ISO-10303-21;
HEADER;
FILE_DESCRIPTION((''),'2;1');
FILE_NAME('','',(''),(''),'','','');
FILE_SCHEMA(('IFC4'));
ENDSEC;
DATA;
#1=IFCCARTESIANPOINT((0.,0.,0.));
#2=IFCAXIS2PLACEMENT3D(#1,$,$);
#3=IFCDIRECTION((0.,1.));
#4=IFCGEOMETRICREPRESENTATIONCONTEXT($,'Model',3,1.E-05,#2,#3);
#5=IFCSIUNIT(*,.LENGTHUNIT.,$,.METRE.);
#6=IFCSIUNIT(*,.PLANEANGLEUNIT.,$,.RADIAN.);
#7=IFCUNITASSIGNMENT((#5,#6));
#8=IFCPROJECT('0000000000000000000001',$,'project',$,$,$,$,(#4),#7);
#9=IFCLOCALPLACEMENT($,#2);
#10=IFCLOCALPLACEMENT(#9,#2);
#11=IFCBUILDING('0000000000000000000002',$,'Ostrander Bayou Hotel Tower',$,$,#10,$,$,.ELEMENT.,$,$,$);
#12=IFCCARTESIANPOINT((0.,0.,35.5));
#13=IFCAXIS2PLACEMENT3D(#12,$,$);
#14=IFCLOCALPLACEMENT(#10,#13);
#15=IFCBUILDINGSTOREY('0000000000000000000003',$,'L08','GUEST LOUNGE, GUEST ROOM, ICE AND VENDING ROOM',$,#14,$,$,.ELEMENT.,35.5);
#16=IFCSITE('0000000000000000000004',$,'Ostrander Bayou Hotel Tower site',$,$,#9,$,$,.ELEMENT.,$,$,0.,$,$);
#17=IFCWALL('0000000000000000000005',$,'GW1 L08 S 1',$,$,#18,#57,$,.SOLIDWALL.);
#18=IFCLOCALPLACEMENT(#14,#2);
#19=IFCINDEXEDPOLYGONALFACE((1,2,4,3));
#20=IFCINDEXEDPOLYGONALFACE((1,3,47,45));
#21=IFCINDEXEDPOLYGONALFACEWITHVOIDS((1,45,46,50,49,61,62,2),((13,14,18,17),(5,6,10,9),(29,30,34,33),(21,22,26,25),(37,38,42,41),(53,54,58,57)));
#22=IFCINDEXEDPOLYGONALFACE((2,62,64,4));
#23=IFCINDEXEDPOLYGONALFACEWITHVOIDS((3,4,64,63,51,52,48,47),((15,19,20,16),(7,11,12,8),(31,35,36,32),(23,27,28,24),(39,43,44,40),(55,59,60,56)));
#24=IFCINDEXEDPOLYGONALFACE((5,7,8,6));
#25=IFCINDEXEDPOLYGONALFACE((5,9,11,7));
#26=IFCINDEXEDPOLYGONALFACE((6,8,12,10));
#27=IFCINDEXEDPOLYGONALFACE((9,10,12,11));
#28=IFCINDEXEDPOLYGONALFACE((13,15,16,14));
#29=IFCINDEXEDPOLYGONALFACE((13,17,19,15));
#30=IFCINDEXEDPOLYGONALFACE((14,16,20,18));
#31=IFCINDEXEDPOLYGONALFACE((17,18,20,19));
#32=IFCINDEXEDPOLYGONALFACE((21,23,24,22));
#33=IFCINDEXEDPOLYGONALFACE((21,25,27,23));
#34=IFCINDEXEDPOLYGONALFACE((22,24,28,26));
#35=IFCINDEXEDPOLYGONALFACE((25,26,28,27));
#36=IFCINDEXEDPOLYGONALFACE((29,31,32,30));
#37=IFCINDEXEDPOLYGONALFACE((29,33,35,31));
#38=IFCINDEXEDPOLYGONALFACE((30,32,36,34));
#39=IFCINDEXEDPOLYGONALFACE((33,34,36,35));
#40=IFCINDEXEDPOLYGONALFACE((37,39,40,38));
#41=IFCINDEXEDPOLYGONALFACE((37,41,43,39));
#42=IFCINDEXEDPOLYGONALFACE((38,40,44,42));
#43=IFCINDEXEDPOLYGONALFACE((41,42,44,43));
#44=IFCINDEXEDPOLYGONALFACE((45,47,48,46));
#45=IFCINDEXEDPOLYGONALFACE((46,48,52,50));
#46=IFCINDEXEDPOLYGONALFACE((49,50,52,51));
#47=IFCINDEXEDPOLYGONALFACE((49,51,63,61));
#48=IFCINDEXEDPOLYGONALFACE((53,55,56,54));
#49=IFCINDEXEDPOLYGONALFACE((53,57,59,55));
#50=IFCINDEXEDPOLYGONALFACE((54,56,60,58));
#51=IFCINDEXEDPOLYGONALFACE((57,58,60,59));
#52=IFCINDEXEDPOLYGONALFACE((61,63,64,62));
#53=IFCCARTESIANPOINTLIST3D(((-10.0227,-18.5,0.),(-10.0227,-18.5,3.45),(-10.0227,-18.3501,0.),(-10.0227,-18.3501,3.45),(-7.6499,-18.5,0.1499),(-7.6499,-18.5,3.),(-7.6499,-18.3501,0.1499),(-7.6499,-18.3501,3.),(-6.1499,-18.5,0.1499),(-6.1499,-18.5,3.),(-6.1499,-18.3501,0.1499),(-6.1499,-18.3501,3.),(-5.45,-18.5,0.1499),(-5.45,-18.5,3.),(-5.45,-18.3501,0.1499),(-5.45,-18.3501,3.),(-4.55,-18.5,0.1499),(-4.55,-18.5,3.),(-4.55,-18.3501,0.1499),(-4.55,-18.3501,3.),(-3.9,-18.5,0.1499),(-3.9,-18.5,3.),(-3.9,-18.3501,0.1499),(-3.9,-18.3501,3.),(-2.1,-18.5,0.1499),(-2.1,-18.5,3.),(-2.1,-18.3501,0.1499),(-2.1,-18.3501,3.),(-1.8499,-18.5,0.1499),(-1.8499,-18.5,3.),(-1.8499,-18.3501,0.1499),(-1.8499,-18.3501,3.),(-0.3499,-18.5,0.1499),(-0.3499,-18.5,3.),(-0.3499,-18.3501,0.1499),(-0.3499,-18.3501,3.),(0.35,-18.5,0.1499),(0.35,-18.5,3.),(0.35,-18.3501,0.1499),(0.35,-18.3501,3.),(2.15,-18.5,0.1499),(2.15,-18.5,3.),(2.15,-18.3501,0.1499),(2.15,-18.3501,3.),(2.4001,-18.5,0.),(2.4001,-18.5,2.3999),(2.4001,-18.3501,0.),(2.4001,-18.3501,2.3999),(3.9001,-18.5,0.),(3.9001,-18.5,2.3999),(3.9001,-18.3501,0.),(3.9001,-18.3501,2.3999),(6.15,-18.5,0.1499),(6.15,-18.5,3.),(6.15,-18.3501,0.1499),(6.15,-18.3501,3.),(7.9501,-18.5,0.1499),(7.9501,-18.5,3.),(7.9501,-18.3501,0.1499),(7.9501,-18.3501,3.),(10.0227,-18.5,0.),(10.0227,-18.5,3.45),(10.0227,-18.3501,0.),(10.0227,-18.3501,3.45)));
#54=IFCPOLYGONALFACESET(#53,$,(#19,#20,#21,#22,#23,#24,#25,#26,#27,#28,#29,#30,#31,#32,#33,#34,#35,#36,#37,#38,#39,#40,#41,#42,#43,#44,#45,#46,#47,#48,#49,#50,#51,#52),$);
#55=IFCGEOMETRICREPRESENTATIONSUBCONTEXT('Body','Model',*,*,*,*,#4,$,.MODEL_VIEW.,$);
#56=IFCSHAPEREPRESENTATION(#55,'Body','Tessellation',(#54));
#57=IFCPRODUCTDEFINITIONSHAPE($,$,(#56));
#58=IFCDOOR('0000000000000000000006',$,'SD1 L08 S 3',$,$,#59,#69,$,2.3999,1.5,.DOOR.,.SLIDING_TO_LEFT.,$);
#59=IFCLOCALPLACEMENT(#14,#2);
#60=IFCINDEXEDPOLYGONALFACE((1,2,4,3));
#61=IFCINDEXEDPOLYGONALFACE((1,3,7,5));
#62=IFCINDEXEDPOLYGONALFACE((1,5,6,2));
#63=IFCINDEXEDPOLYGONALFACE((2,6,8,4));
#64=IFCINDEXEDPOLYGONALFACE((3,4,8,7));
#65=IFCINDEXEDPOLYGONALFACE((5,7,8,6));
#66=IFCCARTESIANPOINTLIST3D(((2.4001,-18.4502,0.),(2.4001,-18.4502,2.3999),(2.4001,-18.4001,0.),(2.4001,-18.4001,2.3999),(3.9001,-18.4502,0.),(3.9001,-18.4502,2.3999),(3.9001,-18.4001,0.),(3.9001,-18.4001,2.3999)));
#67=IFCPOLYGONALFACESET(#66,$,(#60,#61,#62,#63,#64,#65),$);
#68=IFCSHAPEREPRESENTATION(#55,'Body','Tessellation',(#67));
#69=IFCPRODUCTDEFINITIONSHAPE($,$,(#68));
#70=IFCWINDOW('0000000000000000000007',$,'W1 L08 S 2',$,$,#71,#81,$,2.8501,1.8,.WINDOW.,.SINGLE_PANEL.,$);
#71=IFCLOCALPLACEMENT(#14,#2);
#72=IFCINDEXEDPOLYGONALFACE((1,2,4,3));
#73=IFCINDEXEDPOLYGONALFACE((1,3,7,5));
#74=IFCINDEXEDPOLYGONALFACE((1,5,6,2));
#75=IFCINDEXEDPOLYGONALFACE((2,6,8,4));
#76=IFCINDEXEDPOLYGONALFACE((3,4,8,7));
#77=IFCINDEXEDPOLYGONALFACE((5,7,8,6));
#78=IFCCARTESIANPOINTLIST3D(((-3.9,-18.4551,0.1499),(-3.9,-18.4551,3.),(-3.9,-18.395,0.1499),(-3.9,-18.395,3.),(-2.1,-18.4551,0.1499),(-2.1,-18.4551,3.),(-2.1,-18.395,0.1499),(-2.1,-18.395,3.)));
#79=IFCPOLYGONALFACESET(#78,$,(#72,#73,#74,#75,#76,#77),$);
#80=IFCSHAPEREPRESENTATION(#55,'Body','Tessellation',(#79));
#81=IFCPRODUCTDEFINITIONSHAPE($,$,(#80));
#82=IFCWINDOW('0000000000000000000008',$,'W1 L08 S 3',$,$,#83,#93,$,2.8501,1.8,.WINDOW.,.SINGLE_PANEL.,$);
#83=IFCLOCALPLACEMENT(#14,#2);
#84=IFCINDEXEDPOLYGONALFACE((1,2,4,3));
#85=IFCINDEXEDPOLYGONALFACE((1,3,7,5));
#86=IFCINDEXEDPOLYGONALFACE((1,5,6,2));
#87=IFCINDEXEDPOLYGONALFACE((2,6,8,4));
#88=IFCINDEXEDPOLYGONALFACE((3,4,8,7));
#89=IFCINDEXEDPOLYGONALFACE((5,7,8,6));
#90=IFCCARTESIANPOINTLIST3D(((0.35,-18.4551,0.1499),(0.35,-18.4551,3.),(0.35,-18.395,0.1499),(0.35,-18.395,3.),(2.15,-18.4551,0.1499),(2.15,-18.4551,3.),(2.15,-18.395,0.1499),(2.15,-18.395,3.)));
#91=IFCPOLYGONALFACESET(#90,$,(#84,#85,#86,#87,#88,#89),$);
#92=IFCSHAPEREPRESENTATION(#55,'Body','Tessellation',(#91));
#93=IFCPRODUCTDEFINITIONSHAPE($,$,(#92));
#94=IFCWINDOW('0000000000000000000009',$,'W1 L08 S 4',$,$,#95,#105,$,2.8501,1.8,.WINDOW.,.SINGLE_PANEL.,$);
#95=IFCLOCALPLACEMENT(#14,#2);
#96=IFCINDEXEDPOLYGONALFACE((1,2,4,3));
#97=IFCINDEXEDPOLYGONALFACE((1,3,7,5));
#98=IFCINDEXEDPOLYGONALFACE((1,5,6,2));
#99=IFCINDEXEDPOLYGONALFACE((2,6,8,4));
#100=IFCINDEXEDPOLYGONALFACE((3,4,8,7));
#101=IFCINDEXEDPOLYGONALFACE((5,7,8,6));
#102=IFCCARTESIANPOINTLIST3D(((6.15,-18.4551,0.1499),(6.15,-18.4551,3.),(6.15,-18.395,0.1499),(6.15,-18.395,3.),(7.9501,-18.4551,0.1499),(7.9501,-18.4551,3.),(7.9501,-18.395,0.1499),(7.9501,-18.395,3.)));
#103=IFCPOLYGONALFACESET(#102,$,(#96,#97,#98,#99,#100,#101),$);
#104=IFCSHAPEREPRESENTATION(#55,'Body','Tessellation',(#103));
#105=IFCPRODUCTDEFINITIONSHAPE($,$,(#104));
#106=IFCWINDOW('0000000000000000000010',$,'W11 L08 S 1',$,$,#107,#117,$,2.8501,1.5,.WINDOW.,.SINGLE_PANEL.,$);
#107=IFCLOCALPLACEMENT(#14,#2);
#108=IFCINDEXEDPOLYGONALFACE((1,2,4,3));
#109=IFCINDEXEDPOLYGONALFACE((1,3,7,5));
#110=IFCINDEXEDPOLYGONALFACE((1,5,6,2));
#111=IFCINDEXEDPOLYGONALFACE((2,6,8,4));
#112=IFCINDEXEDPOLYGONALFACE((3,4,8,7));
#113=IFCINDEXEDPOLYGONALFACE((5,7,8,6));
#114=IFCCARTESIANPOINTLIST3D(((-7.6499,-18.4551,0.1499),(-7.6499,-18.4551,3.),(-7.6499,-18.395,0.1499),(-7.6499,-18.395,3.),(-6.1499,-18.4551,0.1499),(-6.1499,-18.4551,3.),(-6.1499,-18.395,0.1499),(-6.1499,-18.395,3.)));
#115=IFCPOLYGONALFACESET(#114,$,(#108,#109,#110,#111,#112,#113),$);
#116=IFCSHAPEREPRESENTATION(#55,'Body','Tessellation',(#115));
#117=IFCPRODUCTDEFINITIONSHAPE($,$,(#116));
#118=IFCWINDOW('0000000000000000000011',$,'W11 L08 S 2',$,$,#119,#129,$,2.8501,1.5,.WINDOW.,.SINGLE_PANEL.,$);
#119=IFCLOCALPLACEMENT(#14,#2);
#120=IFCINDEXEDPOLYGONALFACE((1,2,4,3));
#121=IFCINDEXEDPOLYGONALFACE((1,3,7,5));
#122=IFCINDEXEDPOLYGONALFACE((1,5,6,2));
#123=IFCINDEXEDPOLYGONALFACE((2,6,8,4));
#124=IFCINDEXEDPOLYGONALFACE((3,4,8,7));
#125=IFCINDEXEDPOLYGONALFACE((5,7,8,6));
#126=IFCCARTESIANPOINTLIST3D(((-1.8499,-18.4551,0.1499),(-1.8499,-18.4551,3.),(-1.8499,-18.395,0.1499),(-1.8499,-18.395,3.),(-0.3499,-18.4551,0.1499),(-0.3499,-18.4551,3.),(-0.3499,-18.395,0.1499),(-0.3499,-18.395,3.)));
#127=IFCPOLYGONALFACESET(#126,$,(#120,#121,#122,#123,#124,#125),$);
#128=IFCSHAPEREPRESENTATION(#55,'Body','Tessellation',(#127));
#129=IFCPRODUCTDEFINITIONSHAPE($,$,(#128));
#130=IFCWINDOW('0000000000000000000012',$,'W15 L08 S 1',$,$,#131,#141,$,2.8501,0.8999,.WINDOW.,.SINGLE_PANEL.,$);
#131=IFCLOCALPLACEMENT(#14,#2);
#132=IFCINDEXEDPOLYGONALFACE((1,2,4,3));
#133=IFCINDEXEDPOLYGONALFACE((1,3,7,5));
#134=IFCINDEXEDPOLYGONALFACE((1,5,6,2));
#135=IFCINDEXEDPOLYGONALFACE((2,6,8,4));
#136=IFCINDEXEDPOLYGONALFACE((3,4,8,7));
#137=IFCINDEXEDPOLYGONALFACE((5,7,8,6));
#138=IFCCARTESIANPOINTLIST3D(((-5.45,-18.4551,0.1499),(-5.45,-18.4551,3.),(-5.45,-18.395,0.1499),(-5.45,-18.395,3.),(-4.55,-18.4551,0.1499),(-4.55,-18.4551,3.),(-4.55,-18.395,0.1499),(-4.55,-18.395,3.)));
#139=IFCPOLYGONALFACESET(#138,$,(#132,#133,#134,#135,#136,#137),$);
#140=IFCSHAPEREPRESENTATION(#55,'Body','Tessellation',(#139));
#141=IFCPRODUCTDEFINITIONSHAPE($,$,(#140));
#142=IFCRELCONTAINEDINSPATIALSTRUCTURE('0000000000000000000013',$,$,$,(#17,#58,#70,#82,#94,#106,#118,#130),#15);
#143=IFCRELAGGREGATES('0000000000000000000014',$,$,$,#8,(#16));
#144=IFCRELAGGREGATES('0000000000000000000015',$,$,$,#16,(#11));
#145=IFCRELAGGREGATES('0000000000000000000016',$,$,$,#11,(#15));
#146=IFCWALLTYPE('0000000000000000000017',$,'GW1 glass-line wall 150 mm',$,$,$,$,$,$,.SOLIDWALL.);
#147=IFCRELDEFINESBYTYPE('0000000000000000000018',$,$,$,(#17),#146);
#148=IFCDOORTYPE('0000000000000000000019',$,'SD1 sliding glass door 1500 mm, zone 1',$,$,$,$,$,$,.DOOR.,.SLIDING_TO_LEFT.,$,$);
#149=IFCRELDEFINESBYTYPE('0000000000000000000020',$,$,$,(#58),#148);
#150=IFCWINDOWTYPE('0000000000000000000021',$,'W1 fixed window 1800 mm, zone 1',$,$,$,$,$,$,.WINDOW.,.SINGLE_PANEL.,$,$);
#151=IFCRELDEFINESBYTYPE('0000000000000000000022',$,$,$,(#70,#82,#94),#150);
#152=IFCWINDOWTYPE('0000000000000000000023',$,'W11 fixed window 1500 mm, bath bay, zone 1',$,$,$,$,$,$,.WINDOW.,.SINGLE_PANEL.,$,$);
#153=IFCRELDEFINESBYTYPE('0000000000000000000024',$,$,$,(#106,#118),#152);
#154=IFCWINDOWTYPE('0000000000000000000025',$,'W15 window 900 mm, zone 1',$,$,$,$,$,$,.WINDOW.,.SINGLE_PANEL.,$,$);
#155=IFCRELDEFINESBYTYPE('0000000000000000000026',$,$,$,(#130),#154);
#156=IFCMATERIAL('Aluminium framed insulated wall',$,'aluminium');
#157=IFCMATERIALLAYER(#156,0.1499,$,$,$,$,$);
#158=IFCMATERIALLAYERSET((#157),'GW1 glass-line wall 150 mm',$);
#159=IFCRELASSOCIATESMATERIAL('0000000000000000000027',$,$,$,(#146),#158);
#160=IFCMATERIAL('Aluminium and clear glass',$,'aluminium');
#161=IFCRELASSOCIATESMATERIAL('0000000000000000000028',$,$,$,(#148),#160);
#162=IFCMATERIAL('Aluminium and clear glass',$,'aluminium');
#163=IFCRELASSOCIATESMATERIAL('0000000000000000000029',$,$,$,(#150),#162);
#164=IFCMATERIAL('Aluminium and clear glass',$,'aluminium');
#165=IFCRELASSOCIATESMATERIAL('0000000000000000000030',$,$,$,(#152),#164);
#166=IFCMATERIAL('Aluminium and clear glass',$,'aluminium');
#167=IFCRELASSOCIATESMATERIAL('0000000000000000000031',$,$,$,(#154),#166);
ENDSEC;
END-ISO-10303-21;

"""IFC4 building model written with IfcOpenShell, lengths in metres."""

from ifc_helpers import new_model, si_unit, direction, frame, frame_2d, origin, place, context, subcontext, project, spatial, rectangle, extrude, material, layer, layer_set, type_object, element, fill, save


model = new_model("IFC4")

# Units and contexts
model_context = context("Model", 3, precision=1e-05, world=origin(), true_north=direction((0.0, 1.0)))
body_context = subcontext(model_context, "Body", "Model", "MODEL_VIEW")
ifc_project = project(units=[si_unit("LENGTHUNIT", "METRE"), si_unit("PLANEANGLEUNIT", "RADIAN")], contexts=[model_context])

# Site, building, storey
site_placement = place(None, origin())
site = spatial("IfcSite", under=ifc_project, at=site_placement, Name="Ostrander Bayou Hotel Tower site", CompositionType="ELEMENT", RefElevation=0.0)
building_placement = place(site_placement, origin())
building = spatial("IfcBuilding", under=site, at=building_placement, Name="Ostrander Bayou Hotel Tower", CompositionType="ELEMENT")
storey_placement = place(building_placement, frame((0.0, 0.0, 35.5)))
storey = spatial("IfcBuildingStorey", under=building, at=storey_placement, Name="L08", Description="GUEST LOUNGE, GUEST ROOM, ICE AND VENDING ROOM", CompositionType="ELEMENT", Elevation=35.5)

# Wall, openings, door, windows
ifc_material_1 = material(Name="Aluminium framed insulated wall", Category="aluminium")
ifc_layer_1 = layer(ifc_material_1, 0.1499)
ifc_layer_set_1 = layer_set([ifc_layer_1], Name="GW1 glass-line wall 150 mm")
wall_type_1 = type_object("IfcWallType", Name="GW1 glass-line wall 150 mm", PredefinedType="SOLIDWALL", material=ifc_layer_set_1)
wall_1_placement = place(storey_placement, frame((-10.0227, -18.425, 0.0), z_axis=(0.0, 0.0, 1.0), x_axis=(1.0, 0.0, 0.0)))
wall_1 = element("IfcWall", 1, at=wall_1_placement, inside=storey, type_object=wall_type_1, Name="GW1 L08 S 1", PredefinedType="SOLIDWALL", context=body_context, shape_type="SweptSolid", body=[
    extrude(rectangle(XDim=20.0454, YDim=0.1499, at=frame_2d((10.0227, 0.0))), origin(), (0.0, 0.0, 1.0), 3.45),
])
opening_1_placement = place(wall_1_placement, frame((4.5728, 0.0, 0.1499)))
opening_1 = element("IfcOpeningElement", 2, at=opening_1_placement, cuts=wall_1, PredefinedType="OPENING", context=body_context, shape_type="SweptSolid", body=[
    extrude(rectangle(XDim=0.8999, YDim=2.8501, at=frame_2d((0.45, 1.425))), frame((0.0, 0.075, 0.0), z_axis=(0.0, -1.0, 0.0), x_axis=(1.0, 0.0, 0.0)), (0.0, 0.0, 1.0), 0.1499),
])
opening_2_placement = place(wall_1_placement, frame((2.3728, 0.0, 0.1499)))
opening_2 = element("IfcOpeningElement", 3, at=opening_2_placement, cuts=wall_1, PredefinedType="OPENING", context=body_context, shape_type="SweptSolid", body=[
    extrude(rectangle(XDim=1.5, YDim=2.8501, at=frame_2d((0.75, 1.425))), frame((0.0, 0.075, 0.0), z_axis=(0.0, -1.0, 0.0), x_axis=(1.0, 0.0, 0.0)), (0.0, 0.0, 1.0), 0.1499),
])
opening_3_placement = place(wall_1_placement, frame((6.1228, 0.0, 0.1499)))
opening_3 = element("IfcOpeningElement", 4, at=opening_3_placement, cuts=wall_1, PredefinedType="OPENING", context=body_context, shape_type="SweptSolid", body=[
    extrude(rectangle(XDim=1.8, YDim=2.8501, at=frame_2d((0.8999, 1.425))), frame((0.0, 0.075, 0.0), z_axis=(0.0, -1.0, 0.0), x_axis=(1.0, 0.0, 0.0)), (0.0, 0.0, 1.0), 0.1499),
])
opening_4_placement = place(wall_1_placement, frame((8.1729, 0.0, 0.1499)))
opening_4 = element("IfcOpeningElement", 5, at=opening_4_placement, cuts=wall_1, PredefinedType="OPENING", context=body_context, shape_type="SweptSolid", body=[
    extrude(rectangle(XDim=1.5, YDim=2.8501, at=frame_2d((0.75, 1.425))), frame((0.0, 0.075, 0.0), z_axis=(0.0, -1.0, 0.0), x_axis=(1.0, 0.0, 0.0)), (0.0, 0.0, 1.0), 0.1499),
])
opening_5_placement = place(wall_1_placement, frame((10.3728, 0.0, 0.1499)))
opening_5 = element("IfcOpeningElement", 6, at=opening_5_placement, cuts=wall_1, PredefinedType="OPENING", context=body_context, shape_type="SweptSolid", body=[
    extrude(rectangle(XDim=1.8, YDim=2.8501, at=frame_2d((0.8999, 1.425))), frame((0.0, 0.075, 0.0), z_axis=(0.0, -1.0, 0.0), x_axis=(1.0, 0.0, 0.0)), (0.0, 0.0, 1.0), 0.1499),
])
opening_6_placement = place(wall_1_placement, frame((12.4229, 0.0, 0.0)))
opening_6 = element("IfcOpeningElement", 7, at=opening_6_placement, cuts=wall_1, PredefinedType="OPENING", context=body_context, shape_type="SweptSolid", body=[
    extrude(rectangle(XDim=1.5, YDim=2.3999, at=frame_2d((0.75, 1.2))), frame((0.0, 0.075, 0.0), z_axis=(0.0, -1.0, 0.0), x_axis=(1.0, 0.0, 0.0)), (0.0, 0.0, 1.0), 0.1499),
])
opening_7_placement = place(wall_1_placement, frame((16.1729, 0.0, 0.1499)))
opening_7 = element("IfcOpeningElement", 8, at=opening_7_placement, cuts=wall_1, PredefinedType="OPENING", context=body_context, shape_type="SweptSolid", body=[
    extrude(rectangle(XDim=1.8, YDim=2.8501, at=frame_2d((0.8999, 1.425))), frame((0.0, 0.075, 0.0), z_axis=(0.0, -1.0, 0.0), x_axis=(1.0, 0.0, 0.0)), (0.0, 0.0, 1.0), 0.1499),
])
ifc_material_2 = material(Name="Aluminium and clear glass", Category="aluminium")
door_type = type_object("IfcDoorType", Name="SD1 sliding glass door 1500 mm, zone 1", OperationType="SLIDING_TO_LEFT", PredefinedType="DOOR", material=ifc_material_2)
door_placement = place(opening_6_placement, origin())
door = element("IfcDoor", 9, at=door_placement, inside=storey, type_object=door_type, Name="SD1 L08 S 3", OperationType="SLIDING_TO_LEFT", OverallHeight=2.3999, OverallWidth=1.5, PredefinedType="DOOR", context=body_context, shape_type="SweptSolid", body=[
    extrude(rectangle(XDim=1.5, YDim=2.3999, at=frame_2d((0.75, 1.2))), frame((0.0, 0.0249, 0.0), z_axis=(0.0, -1.0, 0.0), x_axis=(1.0, 0.0, 0.0)), (0.0, 0.0, 1.0), 0.05),
])
fill(opening_6, door)
ifc_material_3 = material(Name="Aluminium and clear glass", Category="aluminium")
window_type_1 = type_object("IfcWindowType", Name="W1 fixed window 1800 mm, zone 1", PartitioningType="SINGLE_PANEL", PredefinedType="WINDOW", material=ifc_material_3)
window_1_placement = place(opening_3_placement, origin())
window_1 = element("IfcWindow", 10, at=window_1_placement, inside=storey, type_object=window_type_1, Name="W1 L08 S 2", OverallHeight=2.8501, OverallWidth=1.8, PartitioningType="SINGLE_PANEL", PredefinedType="WINDOW", context=body_context, shape_type="SweptSolid", body=[
    extrude(rectangle(XDim=1.8, YDim=2.8501, at=frame_2d((0.8999, 1.425))), frame((0.0, 0.03, 0.0), z_axis=(0.0, -1.0, 0.0), x_axis=(1.0, 0.0, 0.0)), (0.0, 0.0, 1.0), 0.0601),
])
fill(opening_3, window_1)
window_2_placement = place(opening_5_placement, origin())
window_2 = element("IfcWindow", 11, at=window_2_placement, inside=storey, type_object=window_type_1, Name="W1 L08 S 3", OverallHeight=2.8501, OverallWidth=1.8, PartitioningType="SINGLE_PANEL", PredefinedType="WINDOW", context=body_context, shape_type="SweptSolid", body=[
    extrude(rectangle(XDim=1.8, YDim=2.8501, at=frame_2d((0.8999, 1.425))), frame((0.0, 0.03, 0.0), z_axis=(0.0, -1.0, 0.0), x_axis=(1.0, 0.0, 0.0)), (0.0, 0.0, 1.0), 0.0601),
])
fill(opening_5, window_2)
window_3_placement = place(opening_7_placement, origin())
window_3 = element("IfcWindow", 12, at=window_3_placement, inside=storey, type_object=window_type_1, Name="W1 L08 S 4", OverallHeight=2.8501, OverallWidth=1.8, PartitioningType="SINGLE_PANEL", PredefinedType="WINDOW", context=body_context, shape_type="SweptSolid", body=[
    extrude(rectangle(XDim=1.8, YDim=2.8501, at=frame_2d((0.8999, 1.425))), frame((0.0, 0.03, 0.0), z_axis=(0.0, -1.0, 0.0), x_axis=(1.0, 0.0, 0.0)), (0.0, 0.0, 1.0), 0.0601),
])
fill(opening_7, window_3)
ifc_material_4 = material(Name="Aluminium and clear glass", Category="aluminium")
window_type_2 = type_object("IfcWindowType", Name="W11 fixed window 1500 mm, bath bay, zone 1", PartitioningType="SINGLE_PANEL", PredefinedType="WINDOW", material=ifc_material_4)
window_4_placement = place(opening_2_placement, origin())
window_4 = element("IfcWindow", 13, at=window_4_placement, inside=storey, type_object=window_type_2, Name="W11 L08 S 1", OverallHeight=2.8501, OverallWidth=1.5, PartitioningType="SINGLE_PANEL", PredefinedType="WINDOW", context=body_context, shape_type="SweptSolid", body=[
    extrude(rectangle(XDim=1.5, YDim=2.8501, at=frame_2d((0.75, 1.425))), frame((0.0, 0.03, 0.0), z_axis=(0.0, -1.0, 0.0), x_axis=(1.0, 0.0, 0.0)), (0.0, 0.0, 1.0), 0.0601),
])
fill(opening_2, window_4)
window_5_placement = place(opening_4_placement, origin())
window_5 = element("IfcWindow", 14, at=window_5_placement, inside=storey, type_object=window_type_2, Name="W11 L08 S 2", OverallHeight=2.8501, OverallWidth=1.5, PartitioningType="SINGLE_PANEL", PredefinedType="WINDOW", context=body_context, shape_type="SweptSolid", body=[
    extrude(rectangle(XDim=1.5, YDim=2.8501, at=frame_2d((0.75, 1.425))), frame((0.0, 0.03, 0.0), z_axis=(0.0, -1.0, 0.0), x_axis=(1.0, 0.0, 0.0)), (0.0, 0.0, 1.0), 0.0601),
])
fill(opening_4, window_5)
ifc_material_5 = material(Name="Aluminium and clear glass", Category="aluminium")
window_type_3 = type_object("IfcWindowType", Name="W15 window 900 mm, zone 1", PartitioningType="SINGLE_PANEL", PredefinedType="WINDOW", material=ifc_material_5)
window_6_placement = place(opening_1_placement, origin())
window_6 = element("IfcWindow", 15, at=window_6_placement, inside=storey, type_object=window_type_3, Name="W15 L08 S 1", OverallHeight=2.8501, OverallWidth=0.8999, PartitioningType="SINGLE_PANEL", PredefinedType="WINDOW", context=body_context, shape_type="SweptSolid", body=[
    extrude(rectangle(XDim=0.8999, YDim=2.8501, at=frame_2d((0.45, 1.425))), frame((0.0, 0.03, 0.0), z_axis=(0.0, -1.0, 0.0), x_axis=(1.0, 0.0, 0.0)), (0.0, 0.0, 1.0), 0.0601),
])
fill(opening_1, window_6)

save(model, "model.ifc")
